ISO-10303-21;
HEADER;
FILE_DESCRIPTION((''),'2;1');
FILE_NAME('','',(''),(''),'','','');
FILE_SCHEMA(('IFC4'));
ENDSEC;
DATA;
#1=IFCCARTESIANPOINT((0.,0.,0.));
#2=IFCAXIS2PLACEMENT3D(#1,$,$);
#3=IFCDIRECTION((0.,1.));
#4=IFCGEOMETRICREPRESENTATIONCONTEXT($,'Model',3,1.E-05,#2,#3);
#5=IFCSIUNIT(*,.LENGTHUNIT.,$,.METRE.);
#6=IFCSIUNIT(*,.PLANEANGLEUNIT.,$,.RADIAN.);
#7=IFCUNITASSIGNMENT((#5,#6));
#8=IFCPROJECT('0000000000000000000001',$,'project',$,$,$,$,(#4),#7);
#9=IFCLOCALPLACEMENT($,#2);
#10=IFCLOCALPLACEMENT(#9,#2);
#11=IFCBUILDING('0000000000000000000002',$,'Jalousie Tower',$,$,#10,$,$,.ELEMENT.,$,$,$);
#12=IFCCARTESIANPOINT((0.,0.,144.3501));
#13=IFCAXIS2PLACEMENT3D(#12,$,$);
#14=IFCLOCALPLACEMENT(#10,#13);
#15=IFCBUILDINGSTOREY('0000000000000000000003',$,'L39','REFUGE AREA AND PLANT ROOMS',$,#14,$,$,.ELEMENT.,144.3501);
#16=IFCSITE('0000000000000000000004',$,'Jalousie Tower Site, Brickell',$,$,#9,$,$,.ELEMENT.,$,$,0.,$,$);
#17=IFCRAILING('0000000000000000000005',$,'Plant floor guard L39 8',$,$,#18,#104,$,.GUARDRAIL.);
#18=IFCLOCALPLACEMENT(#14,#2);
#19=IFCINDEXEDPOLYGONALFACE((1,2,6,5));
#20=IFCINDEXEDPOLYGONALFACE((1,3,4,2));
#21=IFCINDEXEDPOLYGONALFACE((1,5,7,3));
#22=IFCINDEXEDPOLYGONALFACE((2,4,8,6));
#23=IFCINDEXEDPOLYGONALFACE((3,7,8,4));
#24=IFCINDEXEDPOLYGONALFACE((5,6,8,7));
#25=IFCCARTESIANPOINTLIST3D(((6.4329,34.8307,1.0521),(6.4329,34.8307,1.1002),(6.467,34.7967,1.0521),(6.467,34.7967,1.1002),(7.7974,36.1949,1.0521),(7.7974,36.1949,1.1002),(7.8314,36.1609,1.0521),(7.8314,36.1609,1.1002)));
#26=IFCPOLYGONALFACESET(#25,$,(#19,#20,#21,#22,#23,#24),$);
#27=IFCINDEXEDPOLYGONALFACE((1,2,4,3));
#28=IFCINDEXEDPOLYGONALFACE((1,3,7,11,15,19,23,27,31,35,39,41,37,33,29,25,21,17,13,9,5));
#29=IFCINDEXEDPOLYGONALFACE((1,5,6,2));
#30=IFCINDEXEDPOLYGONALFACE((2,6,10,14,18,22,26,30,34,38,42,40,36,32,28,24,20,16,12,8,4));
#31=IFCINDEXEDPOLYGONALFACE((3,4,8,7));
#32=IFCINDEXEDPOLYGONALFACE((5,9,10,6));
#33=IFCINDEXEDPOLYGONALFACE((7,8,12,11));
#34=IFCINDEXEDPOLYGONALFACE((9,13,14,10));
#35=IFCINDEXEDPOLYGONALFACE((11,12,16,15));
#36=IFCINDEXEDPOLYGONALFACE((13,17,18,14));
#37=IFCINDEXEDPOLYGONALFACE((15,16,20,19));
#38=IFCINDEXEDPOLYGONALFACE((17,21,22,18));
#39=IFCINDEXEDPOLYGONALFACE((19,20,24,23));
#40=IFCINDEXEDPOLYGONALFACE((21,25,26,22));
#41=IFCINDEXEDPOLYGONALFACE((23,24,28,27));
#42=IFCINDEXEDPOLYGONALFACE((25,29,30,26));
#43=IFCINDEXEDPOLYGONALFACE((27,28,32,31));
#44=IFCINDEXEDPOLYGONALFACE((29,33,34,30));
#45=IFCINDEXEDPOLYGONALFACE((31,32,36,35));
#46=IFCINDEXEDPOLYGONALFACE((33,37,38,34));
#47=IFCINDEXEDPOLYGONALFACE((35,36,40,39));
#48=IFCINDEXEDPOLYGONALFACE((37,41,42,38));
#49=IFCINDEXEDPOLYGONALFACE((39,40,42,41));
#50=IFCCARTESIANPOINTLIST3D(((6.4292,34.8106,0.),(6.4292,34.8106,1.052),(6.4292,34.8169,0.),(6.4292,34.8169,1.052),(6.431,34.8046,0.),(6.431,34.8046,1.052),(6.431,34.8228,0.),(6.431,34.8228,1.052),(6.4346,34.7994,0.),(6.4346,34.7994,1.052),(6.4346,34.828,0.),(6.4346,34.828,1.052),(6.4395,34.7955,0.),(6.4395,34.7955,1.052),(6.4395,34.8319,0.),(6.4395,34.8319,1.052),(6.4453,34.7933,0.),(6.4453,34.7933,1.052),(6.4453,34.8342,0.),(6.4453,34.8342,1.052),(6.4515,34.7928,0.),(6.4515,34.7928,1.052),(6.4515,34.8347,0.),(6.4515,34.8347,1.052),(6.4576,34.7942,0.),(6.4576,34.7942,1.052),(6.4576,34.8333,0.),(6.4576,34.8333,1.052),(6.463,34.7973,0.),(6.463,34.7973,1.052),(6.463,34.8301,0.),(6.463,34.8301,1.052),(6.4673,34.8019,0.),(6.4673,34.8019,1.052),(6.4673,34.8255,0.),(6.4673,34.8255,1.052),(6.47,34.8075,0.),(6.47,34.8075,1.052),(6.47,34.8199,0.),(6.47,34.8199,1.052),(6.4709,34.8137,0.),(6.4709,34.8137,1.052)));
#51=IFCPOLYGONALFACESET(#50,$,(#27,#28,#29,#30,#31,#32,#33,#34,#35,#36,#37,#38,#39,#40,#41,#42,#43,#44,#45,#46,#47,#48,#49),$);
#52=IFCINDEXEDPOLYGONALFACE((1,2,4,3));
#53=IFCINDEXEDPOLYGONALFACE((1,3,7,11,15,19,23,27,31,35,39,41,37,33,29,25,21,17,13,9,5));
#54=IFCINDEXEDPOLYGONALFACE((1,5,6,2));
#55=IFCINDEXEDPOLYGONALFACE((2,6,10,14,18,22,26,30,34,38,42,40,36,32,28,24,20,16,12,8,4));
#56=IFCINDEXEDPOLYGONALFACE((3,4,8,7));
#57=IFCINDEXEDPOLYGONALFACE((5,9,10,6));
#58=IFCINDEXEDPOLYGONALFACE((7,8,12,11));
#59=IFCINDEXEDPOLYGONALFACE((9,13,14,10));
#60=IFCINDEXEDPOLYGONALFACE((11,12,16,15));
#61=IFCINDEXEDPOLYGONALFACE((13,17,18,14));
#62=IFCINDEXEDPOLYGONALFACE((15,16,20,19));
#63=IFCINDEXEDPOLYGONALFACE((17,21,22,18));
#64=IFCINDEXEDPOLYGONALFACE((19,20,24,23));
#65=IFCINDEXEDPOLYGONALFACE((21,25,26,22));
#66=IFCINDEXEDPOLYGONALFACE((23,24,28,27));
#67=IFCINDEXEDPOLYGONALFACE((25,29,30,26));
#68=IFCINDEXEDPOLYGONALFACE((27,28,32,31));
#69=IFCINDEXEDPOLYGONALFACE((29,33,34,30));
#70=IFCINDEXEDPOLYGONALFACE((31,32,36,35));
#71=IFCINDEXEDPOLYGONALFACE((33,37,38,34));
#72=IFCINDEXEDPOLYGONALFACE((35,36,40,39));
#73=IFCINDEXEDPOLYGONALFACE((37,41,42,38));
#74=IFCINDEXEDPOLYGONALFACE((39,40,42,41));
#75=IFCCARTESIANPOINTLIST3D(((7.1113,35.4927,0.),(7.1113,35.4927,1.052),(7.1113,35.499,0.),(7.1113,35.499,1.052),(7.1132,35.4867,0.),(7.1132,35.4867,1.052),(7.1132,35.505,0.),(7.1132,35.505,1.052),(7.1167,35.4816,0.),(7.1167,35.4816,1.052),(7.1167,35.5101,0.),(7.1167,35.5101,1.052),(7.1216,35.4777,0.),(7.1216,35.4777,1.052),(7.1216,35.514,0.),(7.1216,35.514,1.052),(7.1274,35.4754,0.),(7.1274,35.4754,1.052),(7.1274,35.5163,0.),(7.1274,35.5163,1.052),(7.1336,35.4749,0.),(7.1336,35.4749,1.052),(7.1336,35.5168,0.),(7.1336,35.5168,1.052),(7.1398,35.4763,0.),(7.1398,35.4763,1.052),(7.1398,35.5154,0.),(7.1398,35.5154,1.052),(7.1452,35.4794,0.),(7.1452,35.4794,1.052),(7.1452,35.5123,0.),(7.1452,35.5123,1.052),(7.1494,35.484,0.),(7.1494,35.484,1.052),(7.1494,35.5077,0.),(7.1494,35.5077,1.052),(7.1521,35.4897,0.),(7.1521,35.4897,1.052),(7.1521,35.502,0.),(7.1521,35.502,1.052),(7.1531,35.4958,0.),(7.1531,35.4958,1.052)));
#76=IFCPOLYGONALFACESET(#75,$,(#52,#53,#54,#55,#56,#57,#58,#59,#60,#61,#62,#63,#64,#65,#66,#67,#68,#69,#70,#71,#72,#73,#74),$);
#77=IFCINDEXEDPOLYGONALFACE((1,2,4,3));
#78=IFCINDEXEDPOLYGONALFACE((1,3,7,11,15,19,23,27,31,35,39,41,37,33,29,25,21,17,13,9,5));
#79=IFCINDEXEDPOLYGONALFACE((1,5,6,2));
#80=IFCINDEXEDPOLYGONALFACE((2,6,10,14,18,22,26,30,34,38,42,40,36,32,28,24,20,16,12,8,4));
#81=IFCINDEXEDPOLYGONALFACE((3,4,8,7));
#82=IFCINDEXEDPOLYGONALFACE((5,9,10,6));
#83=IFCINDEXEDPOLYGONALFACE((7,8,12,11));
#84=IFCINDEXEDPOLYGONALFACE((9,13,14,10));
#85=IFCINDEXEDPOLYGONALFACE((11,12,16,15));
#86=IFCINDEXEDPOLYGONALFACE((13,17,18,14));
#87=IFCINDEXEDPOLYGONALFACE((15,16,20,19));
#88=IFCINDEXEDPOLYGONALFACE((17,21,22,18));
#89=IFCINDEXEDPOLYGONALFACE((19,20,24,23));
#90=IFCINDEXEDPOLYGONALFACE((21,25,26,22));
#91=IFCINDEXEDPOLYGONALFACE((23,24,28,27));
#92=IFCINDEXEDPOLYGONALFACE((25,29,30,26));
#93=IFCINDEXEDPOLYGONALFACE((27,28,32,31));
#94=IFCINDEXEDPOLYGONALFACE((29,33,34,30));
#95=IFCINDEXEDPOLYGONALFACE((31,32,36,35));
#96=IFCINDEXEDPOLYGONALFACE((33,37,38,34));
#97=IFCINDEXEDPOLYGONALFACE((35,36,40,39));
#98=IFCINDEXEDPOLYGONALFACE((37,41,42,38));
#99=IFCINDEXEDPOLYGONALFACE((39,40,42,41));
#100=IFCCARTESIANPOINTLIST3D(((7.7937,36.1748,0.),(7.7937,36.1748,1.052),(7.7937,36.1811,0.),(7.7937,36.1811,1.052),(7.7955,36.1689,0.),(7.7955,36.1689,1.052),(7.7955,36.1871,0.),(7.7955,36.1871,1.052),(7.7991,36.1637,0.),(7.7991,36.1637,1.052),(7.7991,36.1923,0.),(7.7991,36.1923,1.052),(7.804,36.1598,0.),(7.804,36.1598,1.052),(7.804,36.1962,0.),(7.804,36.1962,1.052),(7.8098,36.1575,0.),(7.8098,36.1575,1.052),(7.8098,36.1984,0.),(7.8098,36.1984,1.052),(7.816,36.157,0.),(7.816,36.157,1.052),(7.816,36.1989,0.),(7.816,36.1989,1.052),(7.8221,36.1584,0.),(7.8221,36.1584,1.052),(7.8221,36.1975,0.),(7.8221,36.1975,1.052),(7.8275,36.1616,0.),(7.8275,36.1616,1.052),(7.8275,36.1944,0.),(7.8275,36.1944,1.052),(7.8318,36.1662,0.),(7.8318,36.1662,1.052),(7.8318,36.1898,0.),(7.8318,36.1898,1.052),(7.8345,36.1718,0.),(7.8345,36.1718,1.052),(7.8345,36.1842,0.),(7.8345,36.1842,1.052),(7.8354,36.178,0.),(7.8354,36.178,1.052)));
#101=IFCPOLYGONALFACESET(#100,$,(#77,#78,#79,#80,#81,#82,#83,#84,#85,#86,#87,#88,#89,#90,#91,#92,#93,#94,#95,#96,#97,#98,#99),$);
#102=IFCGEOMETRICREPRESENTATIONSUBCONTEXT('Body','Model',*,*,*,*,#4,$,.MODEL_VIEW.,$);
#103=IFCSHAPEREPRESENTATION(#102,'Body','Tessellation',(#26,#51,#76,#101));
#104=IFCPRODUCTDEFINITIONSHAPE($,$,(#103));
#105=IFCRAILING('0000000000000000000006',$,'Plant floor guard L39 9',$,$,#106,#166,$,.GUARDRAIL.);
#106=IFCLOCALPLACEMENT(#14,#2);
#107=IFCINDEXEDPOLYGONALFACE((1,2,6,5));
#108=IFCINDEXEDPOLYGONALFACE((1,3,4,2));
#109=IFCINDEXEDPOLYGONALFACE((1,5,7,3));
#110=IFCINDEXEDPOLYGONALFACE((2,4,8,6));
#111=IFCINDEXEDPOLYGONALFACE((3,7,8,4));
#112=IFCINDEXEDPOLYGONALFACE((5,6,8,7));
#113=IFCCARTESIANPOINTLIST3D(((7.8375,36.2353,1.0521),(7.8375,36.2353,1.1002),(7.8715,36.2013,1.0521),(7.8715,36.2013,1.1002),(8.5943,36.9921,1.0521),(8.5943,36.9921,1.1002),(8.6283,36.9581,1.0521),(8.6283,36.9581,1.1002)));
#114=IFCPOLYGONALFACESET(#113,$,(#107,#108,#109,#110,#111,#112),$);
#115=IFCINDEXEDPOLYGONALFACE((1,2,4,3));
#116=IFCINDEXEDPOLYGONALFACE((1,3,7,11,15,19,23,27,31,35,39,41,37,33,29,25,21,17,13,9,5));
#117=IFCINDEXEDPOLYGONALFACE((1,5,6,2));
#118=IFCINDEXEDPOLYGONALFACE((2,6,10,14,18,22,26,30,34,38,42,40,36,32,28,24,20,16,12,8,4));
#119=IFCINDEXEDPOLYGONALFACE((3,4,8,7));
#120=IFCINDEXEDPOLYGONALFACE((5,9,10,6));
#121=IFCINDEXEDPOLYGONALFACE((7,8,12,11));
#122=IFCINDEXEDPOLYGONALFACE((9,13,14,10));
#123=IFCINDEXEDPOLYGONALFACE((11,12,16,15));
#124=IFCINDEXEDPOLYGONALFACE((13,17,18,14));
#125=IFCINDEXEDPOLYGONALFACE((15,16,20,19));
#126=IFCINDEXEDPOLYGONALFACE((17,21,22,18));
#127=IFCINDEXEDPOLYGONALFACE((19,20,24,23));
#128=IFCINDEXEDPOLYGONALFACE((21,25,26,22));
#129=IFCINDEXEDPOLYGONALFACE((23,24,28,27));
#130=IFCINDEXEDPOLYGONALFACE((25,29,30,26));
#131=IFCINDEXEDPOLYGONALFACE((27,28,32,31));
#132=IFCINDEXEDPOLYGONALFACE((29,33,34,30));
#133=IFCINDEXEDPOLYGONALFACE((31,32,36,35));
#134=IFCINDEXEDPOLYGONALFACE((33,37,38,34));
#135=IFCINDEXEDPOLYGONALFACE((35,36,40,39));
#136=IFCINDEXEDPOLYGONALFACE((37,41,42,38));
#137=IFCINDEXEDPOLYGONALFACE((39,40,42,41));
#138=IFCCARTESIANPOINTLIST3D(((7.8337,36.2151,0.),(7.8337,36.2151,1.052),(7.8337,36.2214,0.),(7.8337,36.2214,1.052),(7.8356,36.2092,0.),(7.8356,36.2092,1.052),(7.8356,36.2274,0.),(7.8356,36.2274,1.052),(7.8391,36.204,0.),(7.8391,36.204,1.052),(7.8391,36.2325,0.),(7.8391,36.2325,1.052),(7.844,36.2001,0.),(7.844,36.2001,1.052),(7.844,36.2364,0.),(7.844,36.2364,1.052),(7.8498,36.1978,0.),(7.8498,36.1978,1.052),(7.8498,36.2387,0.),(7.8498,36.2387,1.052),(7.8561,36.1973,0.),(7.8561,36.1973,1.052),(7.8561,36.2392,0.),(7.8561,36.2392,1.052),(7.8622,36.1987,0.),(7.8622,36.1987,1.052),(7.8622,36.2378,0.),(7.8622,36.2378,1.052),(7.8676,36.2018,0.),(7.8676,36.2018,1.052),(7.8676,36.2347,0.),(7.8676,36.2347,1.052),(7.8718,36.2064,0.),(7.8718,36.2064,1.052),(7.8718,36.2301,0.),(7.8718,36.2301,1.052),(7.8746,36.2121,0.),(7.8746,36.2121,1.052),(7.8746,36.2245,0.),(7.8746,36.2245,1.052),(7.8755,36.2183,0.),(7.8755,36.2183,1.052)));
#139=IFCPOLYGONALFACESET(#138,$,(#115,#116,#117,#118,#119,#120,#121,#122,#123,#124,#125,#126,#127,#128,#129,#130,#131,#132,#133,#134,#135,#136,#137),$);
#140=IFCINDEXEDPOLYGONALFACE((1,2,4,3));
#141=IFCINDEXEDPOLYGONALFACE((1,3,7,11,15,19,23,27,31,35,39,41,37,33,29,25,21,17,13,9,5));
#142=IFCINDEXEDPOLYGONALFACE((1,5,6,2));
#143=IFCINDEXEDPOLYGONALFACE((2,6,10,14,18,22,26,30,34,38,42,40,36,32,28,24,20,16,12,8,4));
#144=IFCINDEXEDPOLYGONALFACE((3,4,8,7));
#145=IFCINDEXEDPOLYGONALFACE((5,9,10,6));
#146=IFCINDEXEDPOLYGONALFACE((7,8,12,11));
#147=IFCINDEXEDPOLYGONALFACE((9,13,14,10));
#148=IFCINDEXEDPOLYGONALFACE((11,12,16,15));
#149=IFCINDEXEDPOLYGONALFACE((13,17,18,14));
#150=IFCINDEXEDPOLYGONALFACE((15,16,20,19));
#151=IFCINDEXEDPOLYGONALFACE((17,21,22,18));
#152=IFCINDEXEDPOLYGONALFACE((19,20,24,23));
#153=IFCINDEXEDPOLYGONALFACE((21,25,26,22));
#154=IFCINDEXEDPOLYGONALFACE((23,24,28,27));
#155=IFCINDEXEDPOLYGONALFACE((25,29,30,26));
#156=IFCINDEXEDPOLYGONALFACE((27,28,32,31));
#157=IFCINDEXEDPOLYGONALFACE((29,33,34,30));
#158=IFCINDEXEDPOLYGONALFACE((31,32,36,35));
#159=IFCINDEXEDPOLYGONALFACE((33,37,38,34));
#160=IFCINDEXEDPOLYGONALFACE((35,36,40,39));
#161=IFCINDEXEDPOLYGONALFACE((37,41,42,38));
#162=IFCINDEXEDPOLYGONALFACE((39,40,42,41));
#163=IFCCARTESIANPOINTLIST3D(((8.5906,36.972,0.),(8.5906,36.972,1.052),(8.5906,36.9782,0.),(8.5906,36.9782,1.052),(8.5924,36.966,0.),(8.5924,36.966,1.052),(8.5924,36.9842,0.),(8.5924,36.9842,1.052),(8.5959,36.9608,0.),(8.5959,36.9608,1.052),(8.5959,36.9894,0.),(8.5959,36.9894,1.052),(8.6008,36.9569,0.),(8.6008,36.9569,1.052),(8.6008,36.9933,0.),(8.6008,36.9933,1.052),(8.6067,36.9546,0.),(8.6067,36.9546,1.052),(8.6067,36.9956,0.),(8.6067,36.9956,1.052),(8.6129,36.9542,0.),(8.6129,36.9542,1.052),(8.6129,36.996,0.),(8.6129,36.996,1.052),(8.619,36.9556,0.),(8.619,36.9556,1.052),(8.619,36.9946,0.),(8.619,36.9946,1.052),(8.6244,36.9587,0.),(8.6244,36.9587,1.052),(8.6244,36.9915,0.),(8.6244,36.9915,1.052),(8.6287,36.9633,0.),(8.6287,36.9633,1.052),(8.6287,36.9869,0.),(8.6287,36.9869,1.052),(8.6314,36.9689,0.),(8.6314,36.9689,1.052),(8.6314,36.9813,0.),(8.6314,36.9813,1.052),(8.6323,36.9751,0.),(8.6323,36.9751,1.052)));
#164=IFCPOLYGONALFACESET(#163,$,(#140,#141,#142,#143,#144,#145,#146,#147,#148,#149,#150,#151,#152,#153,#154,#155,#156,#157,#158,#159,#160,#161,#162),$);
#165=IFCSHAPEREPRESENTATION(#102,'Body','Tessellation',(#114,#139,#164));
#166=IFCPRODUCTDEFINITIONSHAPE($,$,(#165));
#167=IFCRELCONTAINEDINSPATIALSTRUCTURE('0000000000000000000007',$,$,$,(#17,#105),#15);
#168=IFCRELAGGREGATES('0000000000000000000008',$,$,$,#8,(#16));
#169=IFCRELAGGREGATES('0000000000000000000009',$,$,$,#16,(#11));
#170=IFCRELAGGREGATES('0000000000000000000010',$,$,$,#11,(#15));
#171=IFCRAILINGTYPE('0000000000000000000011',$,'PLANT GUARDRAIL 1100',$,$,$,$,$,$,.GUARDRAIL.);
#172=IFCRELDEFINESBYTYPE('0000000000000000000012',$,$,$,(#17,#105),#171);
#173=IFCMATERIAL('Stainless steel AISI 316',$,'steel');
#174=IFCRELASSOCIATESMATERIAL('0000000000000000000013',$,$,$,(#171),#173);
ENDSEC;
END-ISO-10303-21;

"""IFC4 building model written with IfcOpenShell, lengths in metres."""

from ifc_helpers import new_model, si_unit, direction, frame, origin, origin_2d, place, context, subcontext, project, spatial, rectangle, circle, extrude, material, type_object, element, save


model = new_model("IFC4")

# Units and contexts
model_context = context("Model", 3, precision=1e-05, world=origin(), true_north=direction((0.0, 1.0)))
body_context = subcontext(model_context, "Body", "Model", "MODEL_VIEW")
ifc_project = project(units=[si_unit("LENGTHUNIT", "METRE"), si_unit("PLANEANGLEUNIT", "RADIAN")], contexts=[model_context])

# Site, building, storey
site_placement = place(None, origin())
site = spatial("IfcSite", under=ifc_project, at=site_placement, Name="Jalousie Tower Site, Brickell", CompositionType="ELEMENT", RefElevation=0.0)
building_placement = place(site_placement, origin())
building = spatial("IfcBuilding", under=site, at=building_placement, Name="Jalousie Tower", CompositionType="ELEMENT")
storey_placement = place(building_placement, frame((0.0, 0.0, 144.3501)))
storey = spatial("IfcBuildingStorey", under=building, at=storey_placement, Name="L39", Description="REFUGE AREA AND PLANT ROOMS", CompositionType="ELEMENT", Elevation=144.3501)

# Railings
ifc_material_1 = material(Name="Stainless steel AISI 316", Category="steel")
railing_type = type_object("IfcRailingType", Name="PLANT GUARDRAIL 1100", PredefinedType="GUARDRAIL", material=ifc_material_1)
railing_1_placement = place(storey_placement, frame((6.45, 34.8137, 0.0)))
element("IfcRailing", 1, at=railing_1_placement, inside=storey, type_object=railing_type, Name="Plant floor guard L39 8", PredefinedType="GUARDRAIL", context=body_context, shape_type="SweptSolid", body=[
    extrude(rectangle(XDim=0.0481, YDim=0.0481, at=origin_2d()), frame((0.0, 0.0, 1.0762), z_axis=(0.70717, 0.707044, 0.0), x_axis=(-0.707044, 0.70717, 0.0)), (0.0, 0.0, 1.0), 1.9294),
    extrude(circle(Radius=0.021, at=origin_2d()), origin(), (0.0, 0.0, 1.0), 1.052),
    extrude(circle(Radius=0.021, at=origin_2d()), frame((0.6821, 0.6821, 0.0)), (0.0, 0.0, 1.0), 1.052),
    extrude(circle(Radius=0.021, at=origin_2d()), frame((1.3645, 1.3643, 0.0)), (0.0, 0.0, 1.0), 1.052),
])
railing_2_placement = place(storey_placement, frame((7.8545, 36.2183, 0.0)))
element("IfcRailing", 2, at=railing_2_placement, inside=storey, type_object=railing_type, Name="Plant floor guard L39 9", PredefinedType="GUARDRAIL", context=body_context, shape_type="SweptSolid", body=[
    extrude(rectangle(XDim=0.0481, YDim=0.0481, at=origin_2d()), frame((0.0, 0.0, 1.0762), z_axis=(0.707107, 0.707107, 0.0), x_axis=(-0.707107, 0.707107, 0.0)), (0.0, 0.0, 1.0), 1.0703),
    extrude(circle(Radius=0.021, at=origin_2d()), origin(), (0.0, 0.0, 1.0), 1.052),
    extrude(circle(Radius=0.021, at=origin_2d()), frame((0.7568, 0.7568, 0.0)), (0.0, 0.0, 1.0), 1.052),
])

save(model, "model.ifc")
